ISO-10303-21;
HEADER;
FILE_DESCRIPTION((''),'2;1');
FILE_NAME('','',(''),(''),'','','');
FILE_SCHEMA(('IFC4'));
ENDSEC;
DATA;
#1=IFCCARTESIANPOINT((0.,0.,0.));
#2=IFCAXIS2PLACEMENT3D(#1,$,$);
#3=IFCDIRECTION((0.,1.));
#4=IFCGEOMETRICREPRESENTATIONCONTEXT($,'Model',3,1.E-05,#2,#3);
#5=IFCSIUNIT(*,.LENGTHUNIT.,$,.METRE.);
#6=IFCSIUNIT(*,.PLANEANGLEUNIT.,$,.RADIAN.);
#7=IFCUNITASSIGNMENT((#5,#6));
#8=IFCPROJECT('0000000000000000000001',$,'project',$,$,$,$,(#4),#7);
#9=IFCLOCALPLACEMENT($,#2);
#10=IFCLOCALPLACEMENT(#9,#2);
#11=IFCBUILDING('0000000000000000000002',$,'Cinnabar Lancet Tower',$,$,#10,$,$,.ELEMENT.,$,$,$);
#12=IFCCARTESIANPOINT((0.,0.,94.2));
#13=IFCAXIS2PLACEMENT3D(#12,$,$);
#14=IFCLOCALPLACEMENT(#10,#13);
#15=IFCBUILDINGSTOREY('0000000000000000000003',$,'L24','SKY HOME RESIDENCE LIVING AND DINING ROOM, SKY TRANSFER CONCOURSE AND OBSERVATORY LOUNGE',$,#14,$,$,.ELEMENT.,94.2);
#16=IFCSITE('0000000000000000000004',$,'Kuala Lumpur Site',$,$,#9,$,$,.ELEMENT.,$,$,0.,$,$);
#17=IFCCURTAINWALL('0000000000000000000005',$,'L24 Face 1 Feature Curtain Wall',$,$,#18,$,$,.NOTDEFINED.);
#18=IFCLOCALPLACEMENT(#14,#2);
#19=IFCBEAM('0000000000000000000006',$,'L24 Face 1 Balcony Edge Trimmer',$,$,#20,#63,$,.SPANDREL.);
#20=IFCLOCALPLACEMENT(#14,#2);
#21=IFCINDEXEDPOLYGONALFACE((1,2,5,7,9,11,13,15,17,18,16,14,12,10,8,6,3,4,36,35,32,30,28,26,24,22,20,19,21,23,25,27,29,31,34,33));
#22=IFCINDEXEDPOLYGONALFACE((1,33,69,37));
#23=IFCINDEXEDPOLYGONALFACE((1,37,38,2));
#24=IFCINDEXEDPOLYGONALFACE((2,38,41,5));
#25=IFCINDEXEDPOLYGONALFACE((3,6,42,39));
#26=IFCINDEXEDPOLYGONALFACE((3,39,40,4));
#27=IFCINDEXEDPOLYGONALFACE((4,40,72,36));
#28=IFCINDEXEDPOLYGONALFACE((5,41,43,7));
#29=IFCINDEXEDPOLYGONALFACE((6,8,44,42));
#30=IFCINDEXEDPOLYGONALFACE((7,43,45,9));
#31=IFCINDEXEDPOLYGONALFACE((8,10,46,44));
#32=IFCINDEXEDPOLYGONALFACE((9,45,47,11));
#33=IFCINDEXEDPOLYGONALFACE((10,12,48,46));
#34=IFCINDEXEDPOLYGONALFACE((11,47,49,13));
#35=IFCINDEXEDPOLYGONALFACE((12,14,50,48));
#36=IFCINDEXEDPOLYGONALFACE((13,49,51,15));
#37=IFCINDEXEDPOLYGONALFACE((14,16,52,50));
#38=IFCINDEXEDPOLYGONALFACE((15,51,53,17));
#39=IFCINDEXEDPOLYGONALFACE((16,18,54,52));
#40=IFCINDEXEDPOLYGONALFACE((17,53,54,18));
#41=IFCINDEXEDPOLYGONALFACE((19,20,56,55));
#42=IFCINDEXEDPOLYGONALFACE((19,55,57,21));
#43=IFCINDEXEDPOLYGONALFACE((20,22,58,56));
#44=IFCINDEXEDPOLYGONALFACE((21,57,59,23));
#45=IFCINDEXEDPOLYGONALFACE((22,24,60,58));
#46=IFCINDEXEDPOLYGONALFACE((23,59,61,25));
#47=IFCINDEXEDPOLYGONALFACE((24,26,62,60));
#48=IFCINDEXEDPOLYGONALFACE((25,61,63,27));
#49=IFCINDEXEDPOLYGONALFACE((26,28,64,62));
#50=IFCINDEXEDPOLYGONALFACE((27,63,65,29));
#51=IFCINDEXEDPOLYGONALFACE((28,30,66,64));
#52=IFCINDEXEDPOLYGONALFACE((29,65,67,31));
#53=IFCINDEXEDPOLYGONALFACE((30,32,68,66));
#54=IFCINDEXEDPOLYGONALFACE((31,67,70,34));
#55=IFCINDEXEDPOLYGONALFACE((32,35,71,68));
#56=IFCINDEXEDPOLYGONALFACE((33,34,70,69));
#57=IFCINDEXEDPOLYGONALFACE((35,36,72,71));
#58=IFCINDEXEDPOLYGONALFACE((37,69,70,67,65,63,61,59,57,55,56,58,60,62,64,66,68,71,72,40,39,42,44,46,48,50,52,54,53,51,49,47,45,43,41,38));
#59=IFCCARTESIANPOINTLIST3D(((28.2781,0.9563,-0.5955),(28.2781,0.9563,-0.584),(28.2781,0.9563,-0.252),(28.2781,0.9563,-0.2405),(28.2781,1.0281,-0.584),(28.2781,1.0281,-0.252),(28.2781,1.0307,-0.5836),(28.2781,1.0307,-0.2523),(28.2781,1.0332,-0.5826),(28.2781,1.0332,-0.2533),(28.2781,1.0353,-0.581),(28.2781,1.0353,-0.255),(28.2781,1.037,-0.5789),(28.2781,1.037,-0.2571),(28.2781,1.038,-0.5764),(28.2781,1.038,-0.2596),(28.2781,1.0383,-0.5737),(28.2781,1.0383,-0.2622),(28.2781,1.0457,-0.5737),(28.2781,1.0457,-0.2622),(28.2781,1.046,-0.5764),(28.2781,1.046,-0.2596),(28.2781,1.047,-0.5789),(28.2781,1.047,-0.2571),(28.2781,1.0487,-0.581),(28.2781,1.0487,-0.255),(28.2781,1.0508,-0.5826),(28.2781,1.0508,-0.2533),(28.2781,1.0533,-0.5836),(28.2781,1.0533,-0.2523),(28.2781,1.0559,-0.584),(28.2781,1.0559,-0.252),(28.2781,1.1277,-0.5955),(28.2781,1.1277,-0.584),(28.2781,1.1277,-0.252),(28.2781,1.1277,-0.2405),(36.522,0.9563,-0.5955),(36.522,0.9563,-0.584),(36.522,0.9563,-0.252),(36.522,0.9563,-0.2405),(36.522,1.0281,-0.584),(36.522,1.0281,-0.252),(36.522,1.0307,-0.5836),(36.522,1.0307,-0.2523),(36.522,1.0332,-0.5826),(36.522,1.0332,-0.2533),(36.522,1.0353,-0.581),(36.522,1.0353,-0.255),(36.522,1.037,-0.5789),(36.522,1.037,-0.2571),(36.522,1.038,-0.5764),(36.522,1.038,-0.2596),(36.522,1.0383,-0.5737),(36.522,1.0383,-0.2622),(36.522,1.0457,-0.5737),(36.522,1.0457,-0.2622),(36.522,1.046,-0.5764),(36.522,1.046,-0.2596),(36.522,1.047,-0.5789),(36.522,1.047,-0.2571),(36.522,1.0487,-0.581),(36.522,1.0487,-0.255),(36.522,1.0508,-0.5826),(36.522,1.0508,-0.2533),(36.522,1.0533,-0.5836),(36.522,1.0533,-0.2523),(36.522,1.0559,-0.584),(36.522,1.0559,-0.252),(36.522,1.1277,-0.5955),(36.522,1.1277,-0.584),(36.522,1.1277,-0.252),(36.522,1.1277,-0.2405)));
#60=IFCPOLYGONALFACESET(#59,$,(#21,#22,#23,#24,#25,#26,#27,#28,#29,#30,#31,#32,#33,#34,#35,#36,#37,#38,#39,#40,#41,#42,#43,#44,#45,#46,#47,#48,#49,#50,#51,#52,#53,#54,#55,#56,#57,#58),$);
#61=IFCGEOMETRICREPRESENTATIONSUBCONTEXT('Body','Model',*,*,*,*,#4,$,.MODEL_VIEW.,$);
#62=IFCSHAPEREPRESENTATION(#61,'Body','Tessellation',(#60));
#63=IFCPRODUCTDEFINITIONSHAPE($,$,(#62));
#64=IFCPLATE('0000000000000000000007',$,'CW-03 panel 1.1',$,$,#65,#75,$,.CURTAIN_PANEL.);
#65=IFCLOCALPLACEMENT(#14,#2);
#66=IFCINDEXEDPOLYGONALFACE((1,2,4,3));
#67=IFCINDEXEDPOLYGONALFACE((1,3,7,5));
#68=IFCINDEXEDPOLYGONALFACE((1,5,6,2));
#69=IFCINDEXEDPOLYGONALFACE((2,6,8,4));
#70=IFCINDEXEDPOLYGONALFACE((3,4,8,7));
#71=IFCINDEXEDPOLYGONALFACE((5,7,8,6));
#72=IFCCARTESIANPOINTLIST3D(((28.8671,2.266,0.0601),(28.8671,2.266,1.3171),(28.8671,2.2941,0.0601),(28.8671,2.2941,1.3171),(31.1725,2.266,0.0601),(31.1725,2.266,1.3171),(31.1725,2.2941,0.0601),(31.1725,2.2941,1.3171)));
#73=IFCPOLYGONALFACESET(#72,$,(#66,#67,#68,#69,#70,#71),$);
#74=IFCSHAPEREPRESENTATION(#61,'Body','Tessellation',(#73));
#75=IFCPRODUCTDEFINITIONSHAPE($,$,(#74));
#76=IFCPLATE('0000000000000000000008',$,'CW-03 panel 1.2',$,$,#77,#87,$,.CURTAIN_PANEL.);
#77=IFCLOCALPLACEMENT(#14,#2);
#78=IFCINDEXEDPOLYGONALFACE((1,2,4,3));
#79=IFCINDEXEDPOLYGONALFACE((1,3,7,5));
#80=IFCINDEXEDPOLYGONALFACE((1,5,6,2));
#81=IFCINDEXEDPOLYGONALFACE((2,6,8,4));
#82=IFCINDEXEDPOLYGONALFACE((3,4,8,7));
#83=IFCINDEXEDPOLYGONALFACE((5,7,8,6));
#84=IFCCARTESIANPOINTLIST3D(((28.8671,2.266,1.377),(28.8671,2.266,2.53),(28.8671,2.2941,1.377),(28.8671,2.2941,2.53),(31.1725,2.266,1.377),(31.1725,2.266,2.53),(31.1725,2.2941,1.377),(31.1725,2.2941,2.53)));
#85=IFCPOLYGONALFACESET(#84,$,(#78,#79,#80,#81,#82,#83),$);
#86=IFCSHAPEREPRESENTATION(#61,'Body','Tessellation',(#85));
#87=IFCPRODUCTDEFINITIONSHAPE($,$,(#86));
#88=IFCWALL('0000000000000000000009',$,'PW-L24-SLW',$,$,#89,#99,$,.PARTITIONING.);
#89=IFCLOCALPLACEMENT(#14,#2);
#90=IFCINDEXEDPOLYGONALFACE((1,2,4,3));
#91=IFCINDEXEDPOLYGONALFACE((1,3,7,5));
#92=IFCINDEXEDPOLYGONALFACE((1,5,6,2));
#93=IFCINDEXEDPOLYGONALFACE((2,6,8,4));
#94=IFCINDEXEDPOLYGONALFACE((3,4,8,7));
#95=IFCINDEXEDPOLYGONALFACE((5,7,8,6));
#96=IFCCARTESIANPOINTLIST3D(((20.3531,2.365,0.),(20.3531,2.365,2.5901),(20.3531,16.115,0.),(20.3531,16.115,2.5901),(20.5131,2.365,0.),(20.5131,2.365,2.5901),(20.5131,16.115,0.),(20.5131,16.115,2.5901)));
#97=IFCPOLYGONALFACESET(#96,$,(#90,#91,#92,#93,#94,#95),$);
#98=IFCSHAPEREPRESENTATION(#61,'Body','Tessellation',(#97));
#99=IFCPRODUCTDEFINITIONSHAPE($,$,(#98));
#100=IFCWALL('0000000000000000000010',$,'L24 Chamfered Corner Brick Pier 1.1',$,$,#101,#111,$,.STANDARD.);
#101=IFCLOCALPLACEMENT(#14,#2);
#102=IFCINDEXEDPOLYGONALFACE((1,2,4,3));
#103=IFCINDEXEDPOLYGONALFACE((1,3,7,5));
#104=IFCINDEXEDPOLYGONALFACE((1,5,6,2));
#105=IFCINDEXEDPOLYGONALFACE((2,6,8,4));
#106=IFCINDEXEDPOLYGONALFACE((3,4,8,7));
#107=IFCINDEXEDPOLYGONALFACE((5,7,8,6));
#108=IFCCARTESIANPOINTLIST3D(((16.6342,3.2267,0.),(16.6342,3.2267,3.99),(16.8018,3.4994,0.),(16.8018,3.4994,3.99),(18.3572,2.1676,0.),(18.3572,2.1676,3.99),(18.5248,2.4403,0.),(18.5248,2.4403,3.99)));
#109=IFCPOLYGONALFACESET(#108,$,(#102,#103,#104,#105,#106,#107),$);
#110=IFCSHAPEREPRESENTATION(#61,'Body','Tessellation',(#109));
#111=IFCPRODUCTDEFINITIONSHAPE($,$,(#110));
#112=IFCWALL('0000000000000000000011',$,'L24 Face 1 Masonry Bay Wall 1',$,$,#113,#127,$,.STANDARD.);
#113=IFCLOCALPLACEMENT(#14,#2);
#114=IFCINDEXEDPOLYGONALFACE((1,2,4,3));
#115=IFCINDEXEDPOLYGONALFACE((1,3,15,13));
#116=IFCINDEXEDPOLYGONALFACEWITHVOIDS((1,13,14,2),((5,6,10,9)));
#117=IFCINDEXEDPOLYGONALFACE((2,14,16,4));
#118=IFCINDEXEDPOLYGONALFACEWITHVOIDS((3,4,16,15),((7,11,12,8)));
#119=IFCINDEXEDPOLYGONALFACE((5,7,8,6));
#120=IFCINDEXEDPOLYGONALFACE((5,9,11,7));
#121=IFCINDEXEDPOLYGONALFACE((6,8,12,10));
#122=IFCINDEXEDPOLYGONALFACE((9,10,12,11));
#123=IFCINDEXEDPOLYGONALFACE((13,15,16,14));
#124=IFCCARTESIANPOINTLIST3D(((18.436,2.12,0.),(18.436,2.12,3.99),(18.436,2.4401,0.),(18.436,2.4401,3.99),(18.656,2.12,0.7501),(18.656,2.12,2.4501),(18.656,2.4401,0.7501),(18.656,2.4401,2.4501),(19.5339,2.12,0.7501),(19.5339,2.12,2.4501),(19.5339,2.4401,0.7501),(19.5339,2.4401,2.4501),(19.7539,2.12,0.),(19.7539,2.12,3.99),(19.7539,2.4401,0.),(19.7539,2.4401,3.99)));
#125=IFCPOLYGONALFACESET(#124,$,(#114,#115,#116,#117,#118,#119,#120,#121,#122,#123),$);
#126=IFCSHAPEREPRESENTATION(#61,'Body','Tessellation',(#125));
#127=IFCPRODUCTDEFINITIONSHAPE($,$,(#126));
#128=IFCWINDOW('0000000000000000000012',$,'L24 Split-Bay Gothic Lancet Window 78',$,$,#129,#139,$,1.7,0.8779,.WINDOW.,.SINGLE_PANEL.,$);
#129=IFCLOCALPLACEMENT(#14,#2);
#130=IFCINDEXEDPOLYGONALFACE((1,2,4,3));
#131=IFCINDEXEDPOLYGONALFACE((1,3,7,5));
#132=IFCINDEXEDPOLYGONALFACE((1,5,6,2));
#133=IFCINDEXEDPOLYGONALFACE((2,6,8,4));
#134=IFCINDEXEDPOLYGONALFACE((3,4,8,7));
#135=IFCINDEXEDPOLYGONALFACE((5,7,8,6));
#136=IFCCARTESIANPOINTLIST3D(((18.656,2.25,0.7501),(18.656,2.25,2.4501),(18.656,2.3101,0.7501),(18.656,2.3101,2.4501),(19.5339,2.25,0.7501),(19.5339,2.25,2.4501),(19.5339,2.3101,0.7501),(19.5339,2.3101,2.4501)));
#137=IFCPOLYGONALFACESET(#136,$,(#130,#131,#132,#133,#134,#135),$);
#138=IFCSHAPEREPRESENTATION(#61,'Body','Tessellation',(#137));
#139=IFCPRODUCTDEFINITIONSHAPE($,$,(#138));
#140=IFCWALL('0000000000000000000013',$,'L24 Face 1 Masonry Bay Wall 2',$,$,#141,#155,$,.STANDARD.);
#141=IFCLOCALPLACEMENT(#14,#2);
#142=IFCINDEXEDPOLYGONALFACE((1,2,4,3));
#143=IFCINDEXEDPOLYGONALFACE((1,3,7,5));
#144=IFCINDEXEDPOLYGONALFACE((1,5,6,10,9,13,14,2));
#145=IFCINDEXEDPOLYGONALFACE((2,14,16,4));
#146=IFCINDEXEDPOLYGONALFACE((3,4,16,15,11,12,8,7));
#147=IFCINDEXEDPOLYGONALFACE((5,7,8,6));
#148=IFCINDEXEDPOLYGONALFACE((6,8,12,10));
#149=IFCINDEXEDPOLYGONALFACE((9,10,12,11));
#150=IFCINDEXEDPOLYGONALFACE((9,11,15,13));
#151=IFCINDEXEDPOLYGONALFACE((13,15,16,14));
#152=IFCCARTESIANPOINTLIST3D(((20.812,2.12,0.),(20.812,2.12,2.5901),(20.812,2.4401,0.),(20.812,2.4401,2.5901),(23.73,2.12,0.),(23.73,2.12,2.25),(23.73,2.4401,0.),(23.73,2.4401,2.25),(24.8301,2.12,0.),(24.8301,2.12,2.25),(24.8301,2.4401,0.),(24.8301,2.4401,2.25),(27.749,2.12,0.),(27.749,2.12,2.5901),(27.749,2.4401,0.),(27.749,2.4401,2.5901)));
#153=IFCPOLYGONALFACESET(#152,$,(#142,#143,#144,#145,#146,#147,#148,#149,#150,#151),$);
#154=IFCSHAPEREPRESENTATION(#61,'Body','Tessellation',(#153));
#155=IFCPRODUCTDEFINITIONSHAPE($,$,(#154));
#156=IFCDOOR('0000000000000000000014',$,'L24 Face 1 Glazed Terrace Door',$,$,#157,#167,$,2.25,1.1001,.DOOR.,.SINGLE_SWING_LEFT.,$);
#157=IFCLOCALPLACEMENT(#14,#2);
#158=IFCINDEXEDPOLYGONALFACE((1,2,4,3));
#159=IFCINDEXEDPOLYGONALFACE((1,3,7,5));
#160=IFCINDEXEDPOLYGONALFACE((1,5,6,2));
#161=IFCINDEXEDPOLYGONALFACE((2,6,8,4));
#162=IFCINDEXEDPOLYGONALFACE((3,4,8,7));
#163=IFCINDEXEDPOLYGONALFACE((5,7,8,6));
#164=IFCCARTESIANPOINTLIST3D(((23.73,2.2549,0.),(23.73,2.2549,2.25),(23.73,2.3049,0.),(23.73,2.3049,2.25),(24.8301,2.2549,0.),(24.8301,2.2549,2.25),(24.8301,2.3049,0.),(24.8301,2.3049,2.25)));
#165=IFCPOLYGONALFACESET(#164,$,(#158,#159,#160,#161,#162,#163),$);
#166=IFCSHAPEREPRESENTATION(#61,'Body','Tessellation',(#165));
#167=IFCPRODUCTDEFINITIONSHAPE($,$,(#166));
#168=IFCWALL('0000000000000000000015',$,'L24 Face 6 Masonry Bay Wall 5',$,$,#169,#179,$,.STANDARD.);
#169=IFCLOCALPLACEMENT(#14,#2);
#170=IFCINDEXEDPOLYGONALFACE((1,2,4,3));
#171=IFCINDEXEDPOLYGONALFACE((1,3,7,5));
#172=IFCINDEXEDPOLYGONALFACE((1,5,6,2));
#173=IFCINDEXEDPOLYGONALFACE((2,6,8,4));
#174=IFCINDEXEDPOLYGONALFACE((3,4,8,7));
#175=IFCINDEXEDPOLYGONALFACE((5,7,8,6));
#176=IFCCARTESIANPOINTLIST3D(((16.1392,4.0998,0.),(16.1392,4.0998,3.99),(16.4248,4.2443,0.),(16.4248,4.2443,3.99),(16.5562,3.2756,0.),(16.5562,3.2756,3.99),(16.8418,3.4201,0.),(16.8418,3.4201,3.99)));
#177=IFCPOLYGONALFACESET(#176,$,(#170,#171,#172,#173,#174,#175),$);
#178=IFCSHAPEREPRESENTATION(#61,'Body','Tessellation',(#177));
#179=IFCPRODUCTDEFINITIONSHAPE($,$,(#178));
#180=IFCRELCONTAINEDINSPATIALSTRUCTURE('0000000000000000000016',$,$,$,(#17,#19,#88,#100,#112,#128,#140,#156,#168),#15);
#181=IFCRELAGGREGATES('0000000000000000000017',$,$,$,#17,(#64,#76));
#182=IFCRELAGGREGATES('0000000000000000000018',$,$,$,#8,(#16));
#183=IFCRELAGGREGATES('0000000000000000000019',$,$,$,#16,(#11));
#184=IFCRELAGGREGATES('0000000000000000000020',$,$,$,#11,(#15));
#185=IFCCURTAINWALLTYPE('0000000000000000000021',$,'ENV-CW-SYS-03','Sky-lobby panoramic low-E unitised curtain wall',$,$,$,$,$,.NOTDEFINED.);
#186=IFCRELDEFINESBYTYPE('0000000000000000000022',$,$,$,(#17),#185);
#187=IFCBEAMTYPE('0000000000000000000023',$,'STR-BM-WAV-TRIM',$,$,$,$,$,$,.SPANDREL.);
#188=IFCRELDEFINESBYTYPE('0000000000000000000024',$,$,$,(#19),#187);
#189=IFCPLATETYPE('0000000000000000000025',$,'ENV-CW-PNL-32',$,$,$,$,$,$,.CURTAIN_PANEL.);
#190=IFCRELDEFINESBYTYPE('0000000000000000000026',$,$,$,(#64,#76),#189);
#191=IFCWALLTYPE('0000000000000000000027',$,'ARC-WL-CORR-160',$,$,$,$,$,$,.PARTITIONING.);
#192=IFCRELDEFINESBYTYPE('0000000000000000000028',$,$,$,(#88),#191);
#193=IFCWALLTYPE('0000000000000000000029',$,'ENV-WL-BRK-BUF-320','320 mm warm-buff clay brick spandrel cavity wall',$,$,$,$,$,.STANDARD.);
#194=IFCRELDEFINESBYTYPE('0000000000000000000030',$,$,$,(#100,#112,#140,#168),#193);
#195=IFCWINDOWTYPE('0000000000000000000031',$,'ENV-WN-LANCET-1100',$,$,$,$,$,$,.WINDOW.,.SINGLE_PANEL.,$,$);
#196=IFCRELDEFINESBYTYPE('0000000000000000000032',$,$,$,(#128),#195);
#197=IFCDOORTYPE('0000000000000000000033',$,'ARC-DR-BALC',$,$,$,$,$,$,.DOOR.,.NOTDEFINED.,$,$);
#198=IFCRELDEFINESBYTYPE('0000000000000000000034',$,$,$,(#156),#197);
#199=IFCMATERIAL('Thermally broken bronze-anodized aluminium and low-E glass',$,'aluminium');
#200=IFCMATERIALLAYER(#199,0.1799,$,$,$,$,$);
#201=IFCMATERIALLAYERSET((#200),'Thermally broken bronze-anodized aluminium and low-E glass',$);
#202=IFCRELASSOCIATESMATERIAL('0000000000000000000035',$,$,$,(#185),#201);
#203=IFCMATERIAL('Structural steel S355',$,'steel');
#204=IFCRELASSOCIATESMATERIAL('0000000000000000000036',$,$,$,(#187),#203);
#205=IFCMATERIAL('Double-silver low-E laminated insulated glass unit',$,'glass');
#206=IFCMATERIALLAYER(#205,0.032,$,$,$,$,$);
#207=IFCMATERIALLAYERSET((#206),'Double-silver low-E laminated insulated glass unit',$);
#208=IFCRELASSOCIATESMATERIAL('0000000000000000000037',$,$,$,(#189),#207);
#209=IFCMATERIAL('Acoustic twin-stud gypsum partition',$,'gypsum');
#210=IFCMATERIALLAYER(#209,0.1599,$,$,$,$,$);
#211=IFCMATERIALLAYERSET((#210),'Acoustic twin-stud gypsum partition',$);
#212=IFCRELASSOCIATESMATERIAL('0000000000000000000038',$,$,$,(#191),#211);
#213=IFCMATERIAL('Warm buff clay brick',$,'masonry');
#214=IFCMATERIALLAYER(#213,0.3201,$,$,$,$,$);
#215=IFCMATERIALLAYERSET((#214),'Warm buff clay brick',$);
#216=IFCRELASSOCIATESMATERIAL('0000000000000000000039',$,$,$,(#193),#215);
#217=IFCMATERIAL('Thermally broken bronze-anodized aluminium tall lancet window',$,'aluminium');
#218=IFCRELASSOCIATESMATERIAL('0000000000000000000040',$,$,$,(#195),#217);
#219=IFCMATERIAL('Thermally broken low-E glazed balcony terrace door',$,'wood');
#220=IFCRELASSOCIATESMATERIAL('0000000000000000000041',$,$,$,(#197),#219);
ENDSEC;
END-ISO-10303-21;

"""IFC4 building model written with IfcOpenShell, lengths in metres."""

from ifc_helpers import new_model, si_unit, direction, frame, frame_2d, origin, origin_2d, place, context, subcontext, project, spatial, rectangle, i_section, extrude, material, layer, layer_set, material_profile, profile_set, type_object, element, fill, aggregate, save


model = new_model("IFC4")

# Units and contexts
model_context = context("Model", 3, precision=1e-05, world=origin(), true_north=direction((0.0, 1.0)))
body_context = subcontext(model_context, "Body", "Model", "MODEL_VIEW")
ifc_project = project(units=[si_unit("LENGTHUNIT", "METRE"), si_unit("PLANEANGLEUNIT", "RADIAN")], contexts=[model_context])

# Site, building, storey
site_placement = place(None, origin())
site = spatial("IfcSite", under=ifc_project, at=site_placement, Name="Kuala Lumpur Site", CompositionType="ELEMENT", RefElevation=0.0)
building_placement = place(site_placement, origin())
building = spatial("IfcBuilding", under=site, at=building_placement, Name="Cinnabar Lancet Tower", CompositionType="ELEMENT")
storey_placement = place(building_placement, frame((0.0, 0.0, 94.2)))
storey = spatial("IfcBuildingStorey", under=building, at=storey_placement, Name="L24", Description="SKY HOME RESIDENCE LIVING AND DINING ROOM, SKY TRANSFER CONCOURSE AND OBSERVATORY LOUNGE", CompositionType="ELEMENT", Elevation=94.2)

# Curtain wall
ifc_material_1 = material(Name="Thermally broken bronze-anodized aluminium and low-E glass", Category="aluminium")
ifc_layer_1 = layer(ifc_material_1, 0.1799)
ifc_layer_set_1 = layer_set([ifc_layer_1], Name="Thermally broken bronze-anodized aluminium and low-E glass")
curtain_wall_type = type_object("IfcCurtainWallType", Name="ENV-CW-SYS-03", Description="Sky-lobby panoramic low-E unitised curtain wall", PredefinedType="NOTDEFINED", material=ifc_layer_set_1)
curtain_wall_placement = place(storey_placement, origin())
curtain_wall = element("IfcCurtainWall", 1, at=curtain_wall_placement, inside=storey, type_object=curtain_wall_type, Name="L24 Face 1 Feature Curtain Wall", PredefinedType="NOTDEFINED")

# Beam
ifc_material_2 = material(Name="Structural steel S355", Category="steel")
ifc_material_profile_1 = material_profile(ifc_material_2, i_section(OverallWidth=0.1714, OverallDepth=0.355, WebThickness=0.0073, FlangeThickness=0.0115, FilletRadius=0.0103, at=origin_2d()), Name="UKB 356x171x51")
ifc_profile_set_1 = profile_set([ifc_material_profile_1], Name="Structural steel S355")
beam_type_1 = type_object("IfcBeamType", Name="STR-BM-WAV-TRIM", PredefinedType="SPANDREL", material=ifc_profile_set_1)
beam_1_placement = place(storey_placement, frame((28.2781, 1.042, -0.418), z_axis=(1.0, 0.0, 0.0), x_axis=(0.0, 1.0, 0.0)))
element("IfcBeam", 2, at=beam_1_placement, inside=storey, type_object=beam_type_1, Name="L24 Face 1 Balcony Edge Trimmer", PredefinedType="SPANDREL", context=body_context, shape_type="SweptSolid", body=[
    extrude(i_section(OverallWidth=0.1714, OverallDepth=0.355, WebThickness=0.0073, FlangeThickness=0.0115, FilletRadius=0.0103, at=origin_2d()), origin(), (0.0, 0.0, 1.0), 8.2439),
])

# Plates
ifc_material_3 = material(Name="Double-silver low-E laminated insulated glass unit", Category="glass")
ifc_layer_2 = layer(ifc_material_3, 0.032)
ifc_layer_set_2 = layer_set([ifc_layer_2], Name="Double-silver low-E laminated insulated glass unit")
plate_type = type_object("IfcPlateType", Name="ENV-CW-PNL-32", PredefinedType="CURTAIN_PANEL", material=ifc_layer_set_2)
plate_1_placement = place(storey_placement, frame((30.0198, 2.28, 0.0601), z_axis=(0.0, 0.0, 1.0), x_axis=(1.0, 0.0, 0.0)))
plate_1 = element("IfcPlate", 3, at=plate_1_placement, type_object=plate_type, Name="CW-03 panel 1.1", PredefinedType="CURTAIN_PANEL", context=body_context, shape_type="SweptSolid", body=[
    extrude(rectangle(XDim=2.3054, YDim=0.0281, at=origin_2d()), origin(), (0.0, 0.0, 1.0), 1.2571),
])
plate_2_placement = place(storey_placement, frame((30.0198, 2.28, 1.377), z_axis=(0.0, 0.0, 1.0), x_axis=(1.0, 0.0, 0.0)))
plate_2 = element("IfcPlate", 4, at=plate_2_placement, type_object=plate_type, Name="CW-03 panel 1.2", PredefinedType="CURTAIN_PANEL", context=body_context, shape_type="SweptSolid", body=[
    extrude(rectangle(XDim=2.3054, YDim=0.0281, at=origin_2d()), origin(), (0.0, 0.0, 1.0), 1.1531),
])
aggregate(curtain_wall, [plate_1, plate_2])

# Walls
ifc_material_4 = material(Name="Acoustic twin-stud gypsum partition", Category="gypsum")
ifc_layer_3 = layer(ifc_material_4, 0.1599)
ifc_layer_set_3 = layer_set([ifc_layer_3], Name="Acoustic twin-stud gypsum partition")
wall_type_1 = type_object("IfcWallType", Name="ARC-WL-CORR-160", PredefinedType="PARTITIONING", material=ifc_layer_set_3)
wall_1_placement = place(storey_placement, frame((20.4331, 2.365, 0.0), z_axis=(0.0, 0.0, 1.0), x_axis=(0.0, 1.0, 0.0)))
element("IfcWall", 5, at=wall_1_placement, inside=storey, type_object=wall_type_1, Name="PW-L24-SLW", PredefinedType="PARTITIONING", context=body_context, shape_type="SweptSolid", body=[
    extrude(rectangle(XDim=13.75, YDim=0.1599, at=frame_2d((6.875, 0.0))), origin(), (0.0, 0.0, 1.0), 2.5901),
])
ifc_material_5 = material(Name="Warm buff clay brick", Category="masonry")
ifc_layer_4 = layer(ifc_material_5, 0.3201)
ifc_layer_set_4 = layer_set([ifc_layer_4], Name="Warm buff clay brick")
wall_type_2 = type_object("IfcWallType", Name="ENV-WL-BRK-BUF-320", Description="320 mm warm-buff clay brick spandrel cavity wall", PredefinedType="STANDARD", material=ifc_layer_set_4)
wall_2_placement = place(storey_placement, frame((16.718, 3.363, 0.0), z_axis=(0.0, 0.0, 1.0), x_axis=(0.851915, -0.52368, 0.0)))
element("IfcWall", 6, at=wall_2_placement, inside=storey, type_object=wall_type_2, Name="L24 Chamfered Corner Brick Pier 1.1", PredefinedType="STANDARD", context=body_context, shape_type="SweptSolid", body=[
    extrude(rectangle(XDim=2.0225, YDim=0.3201, at=frame_2d((1.0112, 0.0))), origin(), (0.0, 0.0, 1.0), 3.99),
])

# Wall, opening, window
wall_3_placement = place(storey_placement, frame((18.436, 2.28, 0.0), z_axis=(0.0, 0.0, 1.0), x_axis=(1.0, 0.0, 0.0)))
wall_3 = element("IfcWall", 7, at=wall_3_placement, inside=storey, type_object=wall_type_2, Name="L24 Face 1 Masonry Bay Wall 1", PredefinedType="STANDARD", context=body_context, shape_type="SweptSolid", body=[
    extrude(rectangle(XDim=1.3179, YDim=0.3201, at=frame_2d((0.6589, 0.0))), origin(), (0.0, 0.0, 1.0), 3.99),
])
opening_1_placement = place(wall_3_placement, frame((0.22, 0.0, 0.75)))
opening_1 = element("IfcOpeningElement", 8, at=opening_1_placement, cuts=wall_3, PredefinedType="OPENING", context=body_context, shape_type="SweptSolid", body=[
    extrude(rectangle(XDim=0.8779, YDim=1.7, at=frame_2d((0.439, 0.8501))), frame((0.0, 0.1699, 0.0), z_axis=(0.0, -1.0, 0.0), x_axis=(1.0, 0.0, 0.0)), (0.0, 0.0, 1.0), 0.3401),
])
ifc_material_6 = material(Name="Thermally broken bronze-anodized aluminium tall lancet window", Category="aluminium")
window_type = type_object("IfcWindowType", Name="ENV-WN-LANCET-1100", PartitioningType="SINGLE_PANEL", PredefinedType="WINDOW", material=ifc_material_6)
window_placement = place(opening_1_placement, origin())
window = element("IfcWindow", 9, at=window_placement, inside=storey, type_object=window_type, Name="L24 Split-Bay Gothic Lancet Window 78", OverallHeight=1.7, OverallWidth=0.8779, PartitioningType="SINGLE_PANEL", PredefinedType="WINDOW", context=body_context, shape_type="SweptSolid", body=[
    extrude(rectangle(XDim=0.8779, YDim=1.7, at=frame_2d((0.439, 0.8501))), frame((0.0, 0.03, 0.0), z_axis=(0.0, -1.0, 0.0), x_axis=(1.0, 0.0, 0.0)), (0.0, 0.0, 1.0), 0.0601),
])
fill(opening_1, window)

# Wall, opening, door
wall_4_placement = place(storey_placement, frame((20.812, 2.28, 0.0), z_axis=(0.0, 0.0, 1.0), x_axis=(1.0, 0.0, 0.0)))
wall_4 = element("IfcWall", 10, at=wall_4_placement, inside=storey, type_object=wall_type_2, Name="L24 Face 1 Masonry Bay Wall 2", PredefinedType="STANDARD", context=body_context, shape_type="SweptSolid", body=[
    extrude(rectangle(XDim=6.937, YDim=0.3201, at=frame_2d((3.4685, 0.0))), origin(), (0.0, 0.0, 1.0), 2.5901),
])
opening_2_placement = place(wall_4_placement, frame((2.918, 0.0, 0.0)))
opening_2 = element("IfcOpeningElement", 11, at=opening_2_placement, cuts=wall_4, PredefinedType="OPENING", context=body_context, shape_type="SweptSolid", body=[
    extrude(rectangle(XDim=1.1001, YDim=2.25, at=frame_2d((0.55, 1.125))), frame((0.0, 0.1699, 0.0), z_axis=(0.0, -1.0, 0.0), x_axis=(1.0, 0.0, 0.0)), (0.0, 0.0, 1.0), 0.3401),
])
ifc_material_7 = material(Name="Thermally broken low-E glazed balcony terrace door", Category="wood")
door_type = type_object("IfcDoorType", Name="ARC-DR-BALC", OperationType="NOTDEFINED", PredefinedType="DOOR", material=ifc_material_7)
door_placement = place(opening_2_placement, origin())
door = element("IfcDoor", 12, at=door_placement, inside=storey, type_object=door_type, Name="L24 Face 1 Glazed Terrace Door", OperationType="SINGLE_SWING_LEFT", OverallHeight=2.25, OverallWidth=1.1001, PredefinedType="DOOR", context=body_context, shape_type="SweptSolid", body=[
    extrude(rectangle(XDim=1.1001, YDim=2.25, at=frame_2d((0.55, 1.125))), frame((0.0, 0.0249, 0.0), z_axis=(0.0, -1.0, 0.0), x_axis=(1.0, 0.0, 0.0)), (0.0, 0.0, 1.0), 0.05),
])
fill(opening_2, door)

# Wall
wall_5_placement = place(storey_placement, frame((16.282, 4.1721, 0.0), z_axis=(0.0, 0.0, 1.0), x_axis=(0.451438, -0.892303, 0.0)))
element("IfcWall", 13, at=wall_5_placement, inside=storey, type_object=wall_type_2, Name="L24 Face 6 Masonry Bay Wall 5", PredefinedType="STANDARD", context=body_context, shape_type="SweptSolid", body=[
    extrude(rectangle(XDim=0.9236, YDim=0.3201, at=frame_2d((0.4619, 0.0))), origin(), (0.0, 0.0, 1.0), 3.99),
])

save(model, "model.ifc")
